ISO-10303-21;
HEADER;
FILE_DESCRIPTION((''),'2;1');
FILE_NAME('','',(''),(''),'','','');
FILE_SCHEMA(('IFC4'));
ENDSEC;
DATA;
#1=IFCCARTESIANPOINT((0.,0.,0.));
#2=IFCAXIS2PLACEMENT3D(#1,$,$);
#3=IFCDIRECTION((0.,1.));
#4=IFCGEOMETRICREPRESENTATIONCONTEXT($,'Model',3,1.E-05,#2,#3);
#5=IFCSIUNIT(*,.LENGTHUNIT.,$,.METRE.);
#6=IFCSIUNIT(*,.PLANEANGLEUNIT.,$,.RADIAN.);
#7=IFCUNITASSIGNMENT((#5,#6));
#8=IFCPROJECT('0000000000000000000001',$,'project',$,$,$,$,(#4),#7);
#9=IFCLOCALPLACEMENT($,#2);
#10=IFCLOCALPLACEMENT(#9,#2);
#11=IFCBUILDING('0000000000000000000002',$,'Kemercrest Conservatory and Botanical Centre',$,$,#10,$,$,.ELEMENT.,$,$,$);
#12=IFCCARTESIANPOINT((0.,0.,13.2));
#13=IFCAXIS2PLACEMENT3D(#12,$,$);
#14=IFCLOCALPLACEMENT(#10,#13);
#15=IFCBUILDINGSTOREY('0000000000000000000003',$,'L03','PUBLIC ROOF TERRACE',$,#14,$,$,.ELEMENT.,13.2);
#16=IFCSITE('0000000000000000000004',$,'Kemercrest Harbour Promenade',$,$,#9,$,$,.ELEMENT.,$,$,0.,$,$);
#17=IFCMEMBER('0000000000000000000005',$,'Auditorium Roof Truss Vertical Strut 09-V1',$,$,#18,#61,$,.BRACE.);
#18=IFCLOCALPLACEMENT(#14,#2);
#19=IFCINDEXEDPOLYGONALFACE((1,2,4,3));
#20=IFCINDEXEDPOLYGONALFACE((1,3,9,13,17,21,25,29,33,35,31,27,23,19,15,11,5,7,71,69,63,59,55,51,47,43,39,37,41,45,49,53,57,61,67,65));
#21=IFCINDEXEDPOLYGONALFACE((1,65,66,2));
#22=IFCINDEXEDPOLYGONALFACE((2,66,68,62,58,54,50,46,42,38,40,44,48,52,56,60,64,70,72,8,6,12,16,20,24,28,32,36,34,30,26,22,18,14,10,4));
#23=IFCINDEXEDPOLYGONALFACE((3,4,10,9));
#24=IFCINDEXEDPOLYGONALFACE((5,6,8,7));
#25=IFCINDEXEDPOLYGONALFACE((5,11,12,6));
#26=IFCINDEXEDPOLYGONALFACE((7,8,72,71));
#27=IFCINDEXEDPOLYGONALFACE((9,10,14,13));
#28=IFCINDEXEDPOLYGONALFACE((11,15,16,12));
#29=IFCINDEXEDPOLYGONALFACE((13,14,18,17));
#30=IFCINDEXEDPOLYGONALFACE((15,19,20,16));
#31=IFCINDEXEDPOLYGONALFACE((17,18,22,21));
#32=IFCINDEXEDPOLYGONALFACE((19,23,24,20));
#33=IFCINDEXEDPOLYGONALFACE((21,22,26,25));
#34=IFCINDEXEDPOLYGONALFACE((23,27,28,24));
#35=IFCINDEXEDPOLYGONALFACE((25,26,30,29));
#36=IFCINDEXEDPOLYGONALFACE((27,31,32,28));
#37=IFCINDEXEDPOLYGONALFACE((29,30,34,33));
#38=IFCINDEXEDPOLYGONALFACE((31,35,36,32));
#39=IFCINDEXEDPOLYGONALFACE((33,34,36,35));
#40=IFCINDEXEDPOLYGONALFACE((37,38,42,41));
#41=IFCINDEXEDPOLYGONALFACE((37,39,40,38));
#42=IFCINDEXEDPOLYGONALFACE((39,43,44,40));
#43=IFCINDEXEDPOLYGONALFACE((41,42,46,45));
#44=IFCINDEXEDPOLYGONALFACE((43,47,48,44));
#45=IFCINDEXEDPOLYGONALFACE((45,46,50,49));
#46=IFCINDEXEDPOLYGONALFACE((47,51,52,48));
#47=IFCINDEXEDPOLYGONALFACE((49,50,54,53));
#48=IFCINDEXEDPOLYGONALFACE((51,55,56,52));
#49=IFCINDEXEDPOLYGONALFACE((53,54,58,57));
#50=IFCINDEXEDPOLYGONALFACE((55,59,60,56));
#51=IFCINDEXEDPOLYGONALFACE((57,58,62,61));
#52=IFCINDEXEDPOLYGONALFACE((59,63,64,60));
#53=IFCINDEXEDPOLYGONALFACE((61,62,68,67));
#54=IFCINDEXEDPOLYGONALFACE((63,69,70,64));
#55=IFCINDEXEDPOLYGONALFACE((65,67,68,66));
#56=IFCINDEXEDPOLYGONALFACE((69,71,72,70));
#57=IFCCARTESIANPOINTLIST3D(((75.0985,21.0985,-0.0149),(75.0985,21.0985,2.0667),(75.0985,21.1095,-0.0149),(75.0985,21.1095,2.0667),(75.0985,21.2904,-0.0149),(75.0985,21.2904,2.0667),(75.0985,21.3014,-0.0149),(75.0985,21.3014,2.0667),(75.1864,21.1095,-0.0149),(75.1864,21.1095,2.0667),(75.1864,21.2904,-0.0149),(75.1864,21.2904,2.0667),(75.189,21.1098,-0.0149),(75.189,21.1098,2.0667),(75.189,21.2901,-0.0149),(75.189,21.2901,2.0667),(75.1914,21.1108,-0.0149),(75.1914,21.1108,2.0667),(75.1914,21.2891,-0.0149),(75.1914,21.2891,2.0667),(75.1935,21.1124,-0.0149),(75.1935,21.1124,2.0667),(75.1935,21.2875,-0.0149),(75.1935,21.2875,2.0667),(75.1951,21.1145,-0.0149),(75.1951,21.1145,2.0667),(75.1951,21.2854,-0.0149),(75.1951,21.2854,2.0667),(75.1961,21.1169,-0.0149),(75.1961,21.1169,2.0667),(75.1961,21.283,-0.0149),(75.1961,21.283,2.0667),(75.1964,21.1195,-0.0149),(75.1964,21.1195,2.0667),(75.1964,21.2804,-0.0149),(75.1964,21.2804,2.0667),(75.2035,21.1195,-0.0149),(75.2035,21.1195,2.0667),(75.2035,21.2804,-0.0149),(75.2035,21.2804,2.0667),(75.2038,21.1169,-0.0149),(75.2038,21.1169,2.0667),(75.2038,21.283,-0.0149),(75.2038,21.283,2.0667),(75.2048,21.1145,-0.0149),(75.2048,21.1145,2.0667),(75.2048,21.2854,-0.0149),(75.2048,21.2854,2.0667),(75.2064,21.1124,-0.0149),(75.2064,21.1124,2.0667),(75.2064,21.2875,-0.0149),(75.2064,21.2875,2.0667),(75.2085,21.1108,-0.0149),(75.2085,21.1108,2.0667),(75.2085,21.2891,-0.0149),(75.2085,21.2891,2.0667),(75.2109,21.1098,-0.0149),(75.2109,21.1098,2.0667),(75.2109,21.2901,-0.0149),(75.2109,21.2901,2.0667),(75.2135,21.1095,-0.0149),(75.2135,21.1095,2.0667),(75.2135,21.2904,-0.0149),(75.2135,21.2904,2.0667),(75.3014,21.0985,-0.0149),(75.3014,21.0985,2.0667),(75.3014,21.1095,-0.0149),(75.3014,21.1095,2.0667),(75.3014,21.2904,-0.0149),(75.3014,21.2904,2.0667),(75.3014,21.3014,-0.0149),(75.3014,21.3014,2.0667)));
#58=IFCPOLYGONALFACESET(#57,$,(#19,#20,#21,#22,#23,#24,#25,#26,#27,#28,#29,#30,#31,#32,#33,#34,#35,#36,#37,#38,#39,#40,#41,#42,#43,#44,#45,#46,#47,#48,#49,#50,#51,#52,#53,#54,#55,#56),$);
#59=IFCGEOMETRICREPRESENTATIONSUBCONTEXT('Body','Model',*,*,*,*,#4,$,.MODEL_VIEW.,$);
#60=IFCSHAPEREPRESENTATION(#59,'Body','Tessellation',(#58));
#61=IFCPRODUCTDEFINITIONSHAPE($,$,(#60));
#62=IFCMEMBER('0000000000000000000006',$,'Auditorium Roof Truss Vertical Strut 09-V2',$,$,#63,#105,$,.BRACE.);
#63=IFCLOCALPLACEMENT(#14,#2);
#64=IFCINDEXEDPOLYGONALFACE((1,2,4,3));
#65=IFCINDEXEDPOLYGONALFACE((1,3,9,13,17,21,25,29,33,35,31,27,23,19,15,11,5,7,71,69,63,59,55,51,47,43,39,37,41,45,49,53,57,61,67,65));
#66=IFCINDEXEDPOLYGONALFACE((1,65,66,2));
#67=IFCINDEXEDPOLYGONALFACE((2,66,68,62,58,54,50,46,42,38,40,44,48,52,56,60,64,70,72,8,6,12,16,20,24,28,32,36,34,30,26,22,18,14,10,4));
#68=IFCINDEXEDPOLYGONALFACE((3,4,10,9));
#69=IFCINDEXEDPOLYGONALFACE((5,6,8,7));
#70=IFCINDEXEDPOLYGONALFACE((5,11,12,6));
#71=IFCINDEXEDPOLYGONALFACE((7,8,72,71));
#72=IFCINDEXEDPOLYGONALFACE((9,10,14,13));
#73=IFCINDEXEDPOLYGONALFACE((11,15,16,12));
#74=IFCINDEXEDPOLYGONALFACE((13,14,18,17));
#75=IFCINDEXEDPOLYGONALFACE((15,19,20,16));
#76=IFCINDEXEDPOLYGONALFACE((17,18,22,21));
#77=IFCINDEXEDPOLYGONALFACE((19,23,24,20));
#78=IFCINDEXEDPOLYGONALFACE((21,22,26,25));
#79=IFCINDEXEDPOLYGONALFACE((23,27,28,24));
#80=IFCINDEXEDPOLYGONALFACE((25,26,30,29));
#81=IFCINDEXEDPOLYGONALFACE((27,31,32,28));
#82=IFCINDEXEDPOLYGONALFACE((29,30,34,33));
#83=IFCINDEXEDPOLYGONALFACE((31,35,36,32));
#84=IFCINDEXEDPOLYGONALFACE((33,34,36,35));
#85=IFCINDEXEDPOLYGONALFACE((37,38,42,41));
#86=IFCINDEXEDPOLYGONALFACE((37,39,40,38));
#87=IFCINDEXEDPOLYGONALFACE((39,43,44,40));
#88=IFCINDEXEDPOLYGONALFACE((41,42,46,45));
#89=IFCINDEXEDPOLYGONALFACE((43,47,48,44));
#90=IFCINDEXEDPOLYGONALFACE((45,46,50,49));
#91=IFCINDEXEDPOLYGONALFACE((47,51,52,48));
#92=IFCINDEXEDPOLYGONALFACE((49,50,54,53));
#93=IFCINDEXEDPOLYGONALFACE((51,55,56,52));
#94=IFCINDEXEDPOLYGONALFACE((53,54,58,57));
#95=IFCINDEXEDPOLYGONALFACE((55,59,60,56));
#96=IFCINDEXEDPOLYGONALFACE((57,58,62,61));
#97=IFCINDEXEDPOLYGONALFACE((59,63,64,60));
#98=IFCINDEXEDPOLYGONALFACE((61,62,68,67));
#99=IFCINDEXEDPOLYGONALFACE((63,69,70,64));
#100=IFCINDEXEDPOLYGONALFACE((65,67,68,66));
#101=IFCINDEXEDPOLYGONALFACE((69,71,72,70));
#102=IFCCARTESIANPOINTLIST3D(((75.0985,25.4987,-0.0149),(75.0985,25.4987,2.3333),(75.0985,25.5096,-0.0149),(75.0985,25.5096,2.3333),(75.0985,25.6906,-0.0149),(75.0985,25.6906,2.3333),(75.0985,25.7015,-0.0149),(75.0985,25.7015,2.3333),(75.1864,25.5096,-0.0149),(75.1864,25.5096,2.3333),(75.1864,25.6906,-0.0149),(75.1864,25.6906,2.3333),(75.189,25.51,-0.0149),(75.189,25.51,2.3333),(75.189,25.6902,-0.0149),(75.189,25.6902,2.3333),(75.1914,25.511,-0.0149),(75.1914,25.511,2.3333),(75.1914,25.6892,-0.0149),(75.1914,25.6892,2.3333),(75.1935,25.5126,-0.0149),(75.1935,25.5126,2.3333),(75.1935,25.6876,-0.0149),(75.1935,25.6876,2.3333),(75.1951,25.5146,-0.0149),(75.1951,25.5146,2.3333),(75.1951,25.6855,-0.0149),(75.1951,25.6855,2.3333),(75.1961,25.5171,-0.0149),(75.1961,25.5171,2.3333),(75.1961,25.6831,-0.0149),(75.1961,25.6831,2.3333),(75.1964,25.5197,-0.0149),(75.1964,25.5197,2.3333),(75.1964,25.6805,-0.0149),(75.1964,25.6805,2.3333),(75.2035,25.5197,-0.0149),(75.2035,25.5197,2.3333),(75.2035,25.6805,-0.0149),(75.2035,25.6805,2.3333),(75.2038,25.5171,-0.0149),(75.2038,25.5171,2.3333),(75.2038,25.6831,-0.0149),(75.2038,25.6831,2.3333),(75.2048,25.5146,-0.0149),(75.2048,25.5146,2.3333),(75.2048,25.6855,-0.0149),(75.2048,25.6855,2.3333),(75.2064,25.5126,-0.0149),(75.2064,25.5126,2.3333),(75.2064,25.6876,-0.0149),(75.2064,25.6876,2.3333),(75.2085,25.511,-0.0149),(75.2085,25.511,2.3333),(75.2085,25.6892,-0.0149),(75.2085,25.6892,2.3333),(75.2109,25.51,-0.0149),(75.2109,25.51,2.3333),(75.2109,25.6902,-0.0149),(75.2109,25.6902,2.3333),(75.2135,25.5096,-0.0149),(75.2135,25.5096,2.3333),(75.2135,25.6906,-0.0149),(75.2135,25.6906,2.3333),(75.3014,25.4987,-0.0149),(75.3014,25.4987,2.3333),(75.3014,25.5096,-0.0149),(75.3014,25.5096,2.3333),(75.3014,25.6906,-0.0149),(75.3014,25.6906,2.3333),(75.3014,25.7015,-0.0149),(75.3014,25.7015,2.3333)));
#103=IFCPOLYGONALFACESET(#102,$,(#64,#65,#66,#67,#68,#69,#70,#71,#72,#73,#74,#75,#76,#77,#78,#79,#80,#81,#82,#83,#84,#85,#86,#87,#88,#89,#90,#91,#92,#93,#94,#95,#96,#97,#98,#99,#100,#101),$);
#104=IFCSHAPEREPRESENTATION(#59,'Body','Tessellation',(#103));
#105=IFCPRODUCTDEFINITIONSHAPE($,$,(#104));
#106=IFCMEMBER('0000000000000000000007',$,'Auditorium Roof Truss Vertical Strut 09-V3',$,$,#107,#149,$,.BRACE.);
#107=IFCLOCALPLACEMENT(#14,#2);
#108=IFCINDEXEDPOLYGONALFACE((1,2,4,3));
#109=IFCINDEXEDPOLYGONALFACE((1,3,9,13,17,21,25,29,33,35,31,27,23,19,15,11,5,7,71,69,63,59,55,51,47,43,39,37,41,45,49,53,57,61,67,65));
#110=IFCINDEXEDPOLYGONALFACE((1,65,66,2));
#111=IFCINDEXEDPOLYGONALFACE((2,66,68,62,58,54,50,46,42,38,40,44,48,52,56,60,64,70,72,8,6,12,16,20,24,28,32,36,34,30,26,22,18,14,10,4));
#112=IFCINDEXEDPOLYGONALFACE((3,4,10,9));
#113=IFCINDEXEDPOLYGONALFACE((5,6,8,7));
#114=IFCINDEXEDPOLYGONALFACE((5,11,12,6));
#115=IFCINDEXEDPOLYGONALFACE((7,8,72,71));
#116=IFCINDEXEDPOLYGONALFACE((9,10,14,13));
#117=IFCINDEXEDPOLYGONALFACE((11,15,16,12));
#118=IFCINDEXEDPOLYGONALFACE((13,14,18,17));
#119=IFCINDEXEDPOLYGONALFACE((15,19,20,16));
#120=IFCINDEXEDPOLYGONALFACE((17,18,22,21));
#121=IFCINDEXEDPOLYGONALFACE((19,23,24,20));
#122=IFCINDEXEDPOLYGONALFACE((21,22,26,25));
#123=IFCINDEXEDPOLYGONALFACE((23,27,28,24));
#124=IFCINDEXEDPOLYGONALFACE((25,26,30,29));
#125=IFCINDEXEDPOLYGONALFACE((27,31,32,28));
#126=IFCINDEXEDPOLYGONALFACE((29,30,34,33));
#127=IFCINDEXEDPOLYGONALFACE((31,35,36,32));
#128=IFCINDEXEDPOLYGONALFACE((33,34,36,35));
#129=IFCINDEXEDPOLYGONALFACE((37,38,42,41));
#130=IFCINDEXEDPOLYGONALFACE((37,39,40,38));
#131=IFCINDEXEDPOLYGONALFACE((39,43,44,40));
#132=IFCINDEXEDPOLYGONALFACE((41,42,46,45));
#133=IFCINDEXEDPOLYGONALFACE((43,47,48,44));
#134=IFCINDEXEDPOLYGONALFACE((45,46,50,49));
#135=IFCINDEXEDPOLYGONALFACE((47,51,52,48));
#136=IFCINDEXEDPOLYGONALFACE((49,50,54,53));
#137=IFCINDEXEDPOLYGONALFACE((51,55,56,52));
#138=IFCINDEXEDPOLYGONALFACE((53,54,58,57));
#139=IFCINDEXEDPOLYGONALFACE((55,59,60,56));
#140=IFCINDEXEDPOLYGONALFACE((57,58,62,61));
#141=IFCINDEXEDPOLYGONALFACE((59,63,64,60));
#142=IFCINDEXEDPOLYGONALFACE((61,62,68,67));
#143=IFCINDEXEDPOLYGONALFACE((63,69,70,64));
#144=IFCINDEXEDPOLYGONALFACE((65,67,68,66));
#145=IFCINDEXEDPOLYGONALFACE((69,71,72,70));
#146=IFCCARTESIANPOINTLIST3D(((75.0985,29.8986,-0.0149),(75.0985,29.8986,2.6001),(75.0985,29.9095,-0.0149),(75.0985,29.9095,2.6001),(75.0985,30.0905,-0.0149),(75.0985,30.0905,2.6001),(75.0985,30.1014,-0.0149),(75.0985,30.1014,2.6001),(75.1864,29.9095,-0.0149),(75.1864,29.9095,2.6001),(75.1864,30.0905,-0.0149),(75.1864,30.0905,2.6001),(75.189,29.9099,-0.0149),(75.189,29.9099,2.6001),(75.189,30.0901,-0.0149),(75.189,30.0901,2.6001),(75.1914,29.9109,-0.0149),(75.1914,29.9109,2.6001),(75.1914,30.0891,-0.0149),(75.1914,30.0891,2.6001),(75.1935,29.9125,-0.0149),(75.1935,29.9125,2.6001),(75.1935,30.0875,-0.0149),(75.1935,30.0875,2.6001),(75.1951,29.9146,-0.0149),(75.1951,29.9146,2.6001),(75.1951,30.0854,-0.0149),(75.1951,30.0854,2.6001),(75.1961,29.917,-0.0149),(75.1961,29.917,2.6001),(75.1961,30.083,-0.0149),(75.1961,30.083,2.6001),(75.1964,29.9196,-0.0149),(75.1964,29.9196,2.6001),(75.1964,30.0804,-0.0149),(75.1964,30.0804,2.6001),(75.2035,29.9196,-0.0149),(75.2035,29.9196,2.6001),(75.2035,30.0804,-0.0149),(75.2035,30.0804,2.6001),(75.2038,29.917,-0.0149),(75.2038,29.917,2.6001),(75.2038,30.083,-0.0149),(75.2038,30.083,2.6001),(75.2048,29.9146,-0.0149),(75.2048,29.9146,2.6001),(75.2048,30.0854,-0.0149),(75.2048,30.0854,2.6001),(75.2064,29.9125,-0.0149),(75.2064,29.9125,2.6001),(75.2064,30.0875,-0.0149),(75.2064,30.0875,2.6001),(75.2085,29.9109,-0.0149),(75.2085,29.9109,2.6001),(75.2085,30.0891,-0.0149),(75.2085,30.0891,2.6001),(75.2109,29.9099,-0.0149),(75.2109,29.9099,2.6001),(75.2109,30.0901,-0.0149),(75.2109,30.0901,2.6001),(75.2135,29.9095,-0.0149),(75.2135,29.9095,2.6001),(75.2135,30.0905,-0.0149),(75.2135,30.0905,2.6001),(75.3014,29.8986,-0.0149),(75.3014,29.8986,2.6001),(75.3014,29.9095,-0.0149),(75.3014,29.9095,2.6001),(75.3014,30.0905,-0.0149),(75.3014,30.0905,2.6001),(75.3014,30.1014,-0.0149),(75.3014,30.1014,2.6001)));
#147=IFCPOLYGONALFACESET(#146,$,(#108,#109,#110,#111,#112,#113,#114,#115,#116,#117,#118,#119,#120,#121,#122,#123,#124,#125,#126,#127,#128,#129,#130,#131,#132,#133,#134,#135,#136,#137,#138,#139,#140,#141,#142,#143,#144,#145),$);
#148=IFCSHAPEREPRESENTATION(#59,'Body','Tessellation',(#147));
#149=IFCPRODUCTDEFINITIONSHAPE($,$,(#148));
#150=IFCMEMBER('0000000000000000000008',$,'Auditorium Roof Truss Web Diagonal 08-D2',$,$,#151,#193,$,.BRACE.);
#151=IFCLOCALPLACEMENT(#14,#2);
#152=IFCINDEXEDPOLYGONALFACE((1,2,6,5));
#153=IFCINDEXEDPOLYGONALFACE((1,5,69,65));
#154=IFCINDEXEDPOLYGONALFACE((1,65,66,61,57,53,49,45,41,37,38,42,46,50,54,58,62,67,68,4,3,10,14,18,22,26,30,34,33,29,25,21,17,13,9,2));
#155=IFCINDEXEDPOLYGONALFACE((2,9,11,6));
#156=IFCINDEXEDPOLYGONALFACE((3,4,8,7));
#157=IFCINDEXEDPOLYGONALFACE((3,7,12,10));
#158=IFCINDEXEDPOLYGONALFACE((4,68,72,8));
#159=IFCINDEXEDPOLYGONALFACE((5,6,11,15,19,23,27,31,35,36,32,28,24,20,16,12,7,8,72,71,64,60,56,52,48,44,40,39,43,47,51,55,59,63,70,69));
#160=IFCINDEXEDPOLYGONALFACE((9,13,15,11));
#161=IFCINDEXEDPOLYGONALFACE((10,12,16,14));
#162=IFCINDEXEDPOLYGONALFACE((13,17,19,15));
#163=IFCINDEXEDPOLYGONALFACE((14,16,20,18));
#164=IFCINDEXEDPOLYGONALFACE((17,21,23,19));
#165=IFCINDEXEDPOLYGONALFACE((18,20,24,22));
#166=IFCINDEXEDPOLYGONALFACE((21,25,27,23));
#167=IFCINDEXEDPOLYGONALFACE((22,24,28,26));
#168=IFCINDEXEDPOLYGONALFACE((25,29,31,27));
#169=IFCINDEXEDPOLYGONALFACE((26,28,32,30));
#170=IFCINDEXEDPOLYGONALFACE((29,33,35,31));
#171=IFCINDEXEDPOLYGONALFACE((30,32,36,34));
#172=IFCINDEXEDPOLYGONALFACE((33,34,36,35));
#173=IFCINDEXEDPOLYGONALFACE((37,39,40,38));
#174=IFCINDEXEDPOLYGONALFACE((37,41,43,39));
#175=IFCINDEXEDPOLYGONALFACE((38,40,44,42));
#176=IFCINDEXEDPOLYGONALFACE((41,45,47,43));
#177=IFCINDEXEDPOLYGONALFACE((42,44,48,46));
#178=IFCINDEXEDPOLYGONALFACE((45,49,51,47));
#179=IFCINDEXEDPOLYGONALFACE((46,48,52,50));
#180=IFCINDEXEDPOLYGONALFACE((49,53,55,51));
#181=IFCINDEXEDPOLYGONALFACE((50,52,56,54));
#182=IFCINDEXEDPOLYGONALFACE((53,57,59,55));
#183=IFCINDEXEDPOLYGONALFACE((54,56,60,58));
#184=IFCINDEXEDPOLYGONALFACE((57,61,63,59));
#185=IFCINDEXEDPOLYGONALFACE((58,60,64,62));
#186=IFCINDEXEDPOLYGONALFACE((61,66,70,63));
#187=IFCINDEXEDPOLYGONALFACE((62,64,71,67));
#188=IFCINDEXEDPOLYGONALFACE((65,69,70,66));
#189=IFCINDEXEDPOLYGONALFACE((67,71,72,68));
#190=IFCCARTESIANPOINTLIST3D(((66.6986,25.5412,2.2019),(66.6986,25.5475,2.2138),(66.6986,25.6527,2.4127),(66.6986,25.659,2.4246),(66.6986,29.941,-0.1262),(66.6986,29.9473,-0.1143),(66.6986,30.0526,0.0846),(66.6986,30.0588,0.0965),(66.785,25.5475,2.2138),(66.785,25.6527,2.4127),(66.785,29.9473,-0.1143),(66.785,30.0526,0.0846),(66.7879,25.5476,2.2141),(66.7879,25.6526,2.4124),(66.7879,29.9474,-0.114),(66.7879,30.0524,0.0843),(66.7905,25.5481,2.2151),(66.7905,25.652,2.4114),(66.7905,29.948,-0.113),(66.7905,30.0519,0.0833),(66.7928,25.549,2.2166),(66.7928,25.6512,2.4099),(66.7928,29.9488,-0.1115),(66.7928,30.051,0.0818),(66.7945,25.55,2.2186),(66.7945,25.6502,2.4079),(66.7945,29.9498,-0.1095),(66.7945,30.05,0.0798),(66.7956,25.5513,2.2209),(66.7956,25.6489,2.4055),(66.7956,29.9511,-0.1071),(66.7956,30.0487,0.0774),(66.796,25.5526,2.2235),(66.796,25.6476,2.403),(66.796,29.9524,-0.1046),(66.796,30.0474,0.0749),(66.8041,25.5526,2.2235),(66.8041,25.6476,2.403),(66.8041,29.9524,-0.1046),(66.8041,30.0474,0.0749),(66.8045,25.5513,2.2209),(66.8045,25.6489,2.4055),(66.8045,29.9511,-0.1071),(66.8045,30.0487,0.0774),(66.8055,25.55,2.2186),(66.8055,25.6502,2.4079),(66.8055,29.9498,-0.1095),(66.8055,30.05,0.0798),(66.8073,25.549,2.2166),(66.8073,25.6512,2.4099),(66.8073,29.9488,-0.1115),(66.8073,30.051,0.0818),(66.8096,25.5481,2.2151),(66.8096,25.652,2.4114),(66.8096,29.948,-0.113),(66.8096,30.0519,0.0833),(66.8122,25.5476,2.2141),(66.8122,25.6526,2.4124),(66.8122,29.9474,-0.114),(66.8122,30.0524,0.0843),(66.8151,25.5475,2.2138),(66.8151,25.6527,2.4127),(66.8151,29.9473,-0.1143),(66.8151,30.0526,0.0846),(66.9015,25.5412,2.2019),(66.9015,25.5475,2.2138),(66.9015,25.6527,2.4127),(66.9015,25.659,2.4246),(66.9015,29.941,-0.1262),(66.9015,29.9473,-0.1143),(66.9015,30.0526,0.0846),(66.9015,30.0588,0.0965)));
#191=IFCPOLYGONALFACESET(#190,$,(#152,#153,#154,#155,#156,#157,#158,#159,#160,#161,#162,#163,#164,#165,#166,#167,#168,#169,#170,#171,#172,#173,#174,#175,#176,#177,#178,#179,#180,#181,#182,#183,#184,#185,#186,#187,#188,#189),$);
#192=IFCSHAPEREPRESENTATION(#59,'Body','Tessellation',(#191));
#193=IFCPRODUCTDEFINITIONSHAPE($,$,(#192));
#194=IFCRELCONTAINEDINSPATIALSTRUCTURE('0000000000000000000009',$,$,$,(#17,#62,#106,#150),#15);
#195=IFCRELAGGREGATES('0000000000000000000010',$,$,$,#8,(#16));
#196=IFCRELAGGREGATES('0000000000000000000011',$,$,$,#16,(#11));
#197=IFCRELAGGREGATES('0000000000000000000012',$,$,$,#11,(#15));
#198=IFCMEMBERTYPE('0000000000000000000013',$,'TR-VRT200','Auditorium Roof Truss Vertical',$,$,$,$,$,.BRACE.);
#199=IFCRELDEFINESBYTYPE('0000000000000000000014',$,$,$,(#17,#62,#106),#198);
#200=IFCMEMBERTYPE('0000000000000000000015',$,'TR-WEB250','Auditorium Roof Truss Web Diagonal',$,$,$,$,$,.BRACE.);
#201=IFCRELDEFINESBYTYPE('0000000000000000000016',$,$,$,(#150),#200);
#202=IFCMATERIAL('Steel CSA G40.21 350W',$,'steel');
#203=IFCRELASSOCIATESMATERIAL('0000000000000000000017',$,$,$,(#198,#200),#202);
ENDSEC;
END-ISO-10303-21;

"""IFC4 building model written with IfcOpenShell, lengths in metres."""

from ifc_helpers import new_model, si_unit, direction, frame, origin, origin_2d, place, context, subcontext, project, spatial, i_section, extrude, material, material_profile, profile_set, type_object, element, save


model = new_model("IFC4")

# Units and contexts
model_context = context("Model", 3, precision=1e-05, world=origin(), true_north=direction((0.0, 1.0)))
body_context = subcontext(model_context, "Body", "Model", "MODEL_VIEW")
ifc_project = project(units=[si_unit("LENGTHUNIT", "METRE"), si_unit("PLANEANGLEUNIT", "RADIAN")], contexts=[model_context])

# Site, building, storey
site_placement = place(None, origin())
site = spatial("IfcSite", under=ifc_project, at=site_placement, Name="Kemercrest Harbour Promenade", CompositionType="ELEMENT", RefElevation=0.0)
building_placement = place(site_placement, origin())
building = spatial("IfcBuilding", under=site, at=building_placement, Name="Kemercrest Conservatory and Botanical Centre", CompositionType="ELEMENT")
storey_placement = place(building_placement, frame((0.0, 0.0, 13.2)))
storey = spatial("IfcBuildingStorey", under=building, at=storey_placement, Name="L03", Description="PUBLIC ROOF TERRACE", CompositionType="ELEMENT", Elevation=13.2)

# Members
ifc_material = material(Name="Steel CSA G40.21 350W", Category="steel")
ifc_material_profile_1 = material_profile(ifc_material, i_section(OverallWidth=0.2029, OverallDepth=0.2029, WebThickness=0.0071, FlangeThickness=0.011, FilletRadius=0.01, at=origin_2d()), Name="W200X46")
ifc_profile_set_1 = profile_set([ifc_material_profile_1], Name="Steel CSA G40.21 350W")
member_type_1 = type_object("IfcMemberType", Name="TR-VRT200", Description="Auditorium Roof Truss Vertical", PredefinedType="BRACE", material=ifc_profile_set_1)
member_1_placement = place(storey_placement, frame((75.2, 21.2, -0.0149), z_axis=(0.0, 0.0, 1.0), x_axis=(1.0, 0.0, 0.0)))
element("IfcMember", 1, at=member_1_placement, inside=storey, type_object=member_type_1, Name="Auditorium Roof Truss Vertical Strut 09-V1", PredefinedType="BRACE", context=body_context, shape_type="SweptSolid", body=[
    extrude(i_section(OverallWidth=0.2029, OverallDepth=0.2029, WebThickness=0.0071, FlangeThickness=0.011, FilletRadius=0.01, at=origin_2d()), origin(), (0.0, 0.0, 1.0), 2.0815),
])
member_2_placement = place(storey_placement, frame((75.2, 25.6001, -0.0149), z_axis=(0.0, 0.0, 1.0), x_axis=(1.0, 0.0, 0.0)))
element("IfcMember", 2, at=member_2_placement, inside=storey, type_object=member_type_1, Name="Auditorium Roof Truss Vertical Strut 09-V2", PredefinedType="BRACE", context=body_context, shape_type="SweptSolid", body=[
    extrude(i_section(OverallWidth=0.2029, OverallDepth=0.2029, WebThickness=0.0071, FlangeThickness=0.011, FilletRadius=0.01, at=origin_2d()), origin(), (0.0, 0.0, 1.0), 2.3481),
])
member_3_placement = place(storey_placement, frame((75.2, 30.0, -0.0149), z_axis=(0.0, 0.0, 1.0), x_axis=(1.0, 0.0, 0.0)))
element("IfcMember", 3, at=member_3_placement, inside=storey, type_object=member_type_1, Name="Auditorium Roof Truss Vertical Strut 09-V3", PredefinedType="BRACE", context=body_context, shape_type="SweptSolid", body=[
    extrude(i_section(OverallWidth=0.2029, OverallDepth=0.2029, WebThickness=0.0071, FlangeThickness=0.011, FilletRadius=0.01, at=origin_2d()), origin(), (0.0, 0.0, 1.0), 2.615),
])
ifc_material_profile_2 = material_profile(ifc_material, i_section(OverallWidth=0.2029, OverallDepth=0.252, WebThickness=0.0081, FlangeThickness=0.0134, FilletRadius=0.011, at=origin_2d()), Name="W250X58")
ifc_profile_set_2 = profile_set([ifc_material_profile_2], Name="Steel CSA G40.21 350W")
member_type_2 = type_object("IfcMemberType", Name="TR-WEB250", Description="Auditorium Roof Truss Web Diagonal", PredefinedType="BRACE", material=ifc_profile_set_2)
for number, where, z_axis, x_axis, name in (
    (4, (66.8, 25.6001, 2.3132), (0.0, 0.88389, -0.467694), (-1.0, 0.0, 0.0), "Auditorium Roof Truss Web Diagonal 08-D2"),
):
    element("IfcMember", number, at=place(storey_placement, frame(where, z_axis=z_axis, x_axis=x_axis)), inside=storey, type_object=member_type_2, Name=name, PredefinedType="BRACE", context=body_context, shape_type="SweptSolid", body=[
        extrude(i_section(OverallWidth=0.2029, OverallDepth=0.252, WebThickness=0.0081, FlangeThickness=0.0134, FilletRadius=0.011, at=origin_2d()), origin(), (0.0, 0.0, 1.0), 4.9778),
    ])

save(model, "model.ifc")
